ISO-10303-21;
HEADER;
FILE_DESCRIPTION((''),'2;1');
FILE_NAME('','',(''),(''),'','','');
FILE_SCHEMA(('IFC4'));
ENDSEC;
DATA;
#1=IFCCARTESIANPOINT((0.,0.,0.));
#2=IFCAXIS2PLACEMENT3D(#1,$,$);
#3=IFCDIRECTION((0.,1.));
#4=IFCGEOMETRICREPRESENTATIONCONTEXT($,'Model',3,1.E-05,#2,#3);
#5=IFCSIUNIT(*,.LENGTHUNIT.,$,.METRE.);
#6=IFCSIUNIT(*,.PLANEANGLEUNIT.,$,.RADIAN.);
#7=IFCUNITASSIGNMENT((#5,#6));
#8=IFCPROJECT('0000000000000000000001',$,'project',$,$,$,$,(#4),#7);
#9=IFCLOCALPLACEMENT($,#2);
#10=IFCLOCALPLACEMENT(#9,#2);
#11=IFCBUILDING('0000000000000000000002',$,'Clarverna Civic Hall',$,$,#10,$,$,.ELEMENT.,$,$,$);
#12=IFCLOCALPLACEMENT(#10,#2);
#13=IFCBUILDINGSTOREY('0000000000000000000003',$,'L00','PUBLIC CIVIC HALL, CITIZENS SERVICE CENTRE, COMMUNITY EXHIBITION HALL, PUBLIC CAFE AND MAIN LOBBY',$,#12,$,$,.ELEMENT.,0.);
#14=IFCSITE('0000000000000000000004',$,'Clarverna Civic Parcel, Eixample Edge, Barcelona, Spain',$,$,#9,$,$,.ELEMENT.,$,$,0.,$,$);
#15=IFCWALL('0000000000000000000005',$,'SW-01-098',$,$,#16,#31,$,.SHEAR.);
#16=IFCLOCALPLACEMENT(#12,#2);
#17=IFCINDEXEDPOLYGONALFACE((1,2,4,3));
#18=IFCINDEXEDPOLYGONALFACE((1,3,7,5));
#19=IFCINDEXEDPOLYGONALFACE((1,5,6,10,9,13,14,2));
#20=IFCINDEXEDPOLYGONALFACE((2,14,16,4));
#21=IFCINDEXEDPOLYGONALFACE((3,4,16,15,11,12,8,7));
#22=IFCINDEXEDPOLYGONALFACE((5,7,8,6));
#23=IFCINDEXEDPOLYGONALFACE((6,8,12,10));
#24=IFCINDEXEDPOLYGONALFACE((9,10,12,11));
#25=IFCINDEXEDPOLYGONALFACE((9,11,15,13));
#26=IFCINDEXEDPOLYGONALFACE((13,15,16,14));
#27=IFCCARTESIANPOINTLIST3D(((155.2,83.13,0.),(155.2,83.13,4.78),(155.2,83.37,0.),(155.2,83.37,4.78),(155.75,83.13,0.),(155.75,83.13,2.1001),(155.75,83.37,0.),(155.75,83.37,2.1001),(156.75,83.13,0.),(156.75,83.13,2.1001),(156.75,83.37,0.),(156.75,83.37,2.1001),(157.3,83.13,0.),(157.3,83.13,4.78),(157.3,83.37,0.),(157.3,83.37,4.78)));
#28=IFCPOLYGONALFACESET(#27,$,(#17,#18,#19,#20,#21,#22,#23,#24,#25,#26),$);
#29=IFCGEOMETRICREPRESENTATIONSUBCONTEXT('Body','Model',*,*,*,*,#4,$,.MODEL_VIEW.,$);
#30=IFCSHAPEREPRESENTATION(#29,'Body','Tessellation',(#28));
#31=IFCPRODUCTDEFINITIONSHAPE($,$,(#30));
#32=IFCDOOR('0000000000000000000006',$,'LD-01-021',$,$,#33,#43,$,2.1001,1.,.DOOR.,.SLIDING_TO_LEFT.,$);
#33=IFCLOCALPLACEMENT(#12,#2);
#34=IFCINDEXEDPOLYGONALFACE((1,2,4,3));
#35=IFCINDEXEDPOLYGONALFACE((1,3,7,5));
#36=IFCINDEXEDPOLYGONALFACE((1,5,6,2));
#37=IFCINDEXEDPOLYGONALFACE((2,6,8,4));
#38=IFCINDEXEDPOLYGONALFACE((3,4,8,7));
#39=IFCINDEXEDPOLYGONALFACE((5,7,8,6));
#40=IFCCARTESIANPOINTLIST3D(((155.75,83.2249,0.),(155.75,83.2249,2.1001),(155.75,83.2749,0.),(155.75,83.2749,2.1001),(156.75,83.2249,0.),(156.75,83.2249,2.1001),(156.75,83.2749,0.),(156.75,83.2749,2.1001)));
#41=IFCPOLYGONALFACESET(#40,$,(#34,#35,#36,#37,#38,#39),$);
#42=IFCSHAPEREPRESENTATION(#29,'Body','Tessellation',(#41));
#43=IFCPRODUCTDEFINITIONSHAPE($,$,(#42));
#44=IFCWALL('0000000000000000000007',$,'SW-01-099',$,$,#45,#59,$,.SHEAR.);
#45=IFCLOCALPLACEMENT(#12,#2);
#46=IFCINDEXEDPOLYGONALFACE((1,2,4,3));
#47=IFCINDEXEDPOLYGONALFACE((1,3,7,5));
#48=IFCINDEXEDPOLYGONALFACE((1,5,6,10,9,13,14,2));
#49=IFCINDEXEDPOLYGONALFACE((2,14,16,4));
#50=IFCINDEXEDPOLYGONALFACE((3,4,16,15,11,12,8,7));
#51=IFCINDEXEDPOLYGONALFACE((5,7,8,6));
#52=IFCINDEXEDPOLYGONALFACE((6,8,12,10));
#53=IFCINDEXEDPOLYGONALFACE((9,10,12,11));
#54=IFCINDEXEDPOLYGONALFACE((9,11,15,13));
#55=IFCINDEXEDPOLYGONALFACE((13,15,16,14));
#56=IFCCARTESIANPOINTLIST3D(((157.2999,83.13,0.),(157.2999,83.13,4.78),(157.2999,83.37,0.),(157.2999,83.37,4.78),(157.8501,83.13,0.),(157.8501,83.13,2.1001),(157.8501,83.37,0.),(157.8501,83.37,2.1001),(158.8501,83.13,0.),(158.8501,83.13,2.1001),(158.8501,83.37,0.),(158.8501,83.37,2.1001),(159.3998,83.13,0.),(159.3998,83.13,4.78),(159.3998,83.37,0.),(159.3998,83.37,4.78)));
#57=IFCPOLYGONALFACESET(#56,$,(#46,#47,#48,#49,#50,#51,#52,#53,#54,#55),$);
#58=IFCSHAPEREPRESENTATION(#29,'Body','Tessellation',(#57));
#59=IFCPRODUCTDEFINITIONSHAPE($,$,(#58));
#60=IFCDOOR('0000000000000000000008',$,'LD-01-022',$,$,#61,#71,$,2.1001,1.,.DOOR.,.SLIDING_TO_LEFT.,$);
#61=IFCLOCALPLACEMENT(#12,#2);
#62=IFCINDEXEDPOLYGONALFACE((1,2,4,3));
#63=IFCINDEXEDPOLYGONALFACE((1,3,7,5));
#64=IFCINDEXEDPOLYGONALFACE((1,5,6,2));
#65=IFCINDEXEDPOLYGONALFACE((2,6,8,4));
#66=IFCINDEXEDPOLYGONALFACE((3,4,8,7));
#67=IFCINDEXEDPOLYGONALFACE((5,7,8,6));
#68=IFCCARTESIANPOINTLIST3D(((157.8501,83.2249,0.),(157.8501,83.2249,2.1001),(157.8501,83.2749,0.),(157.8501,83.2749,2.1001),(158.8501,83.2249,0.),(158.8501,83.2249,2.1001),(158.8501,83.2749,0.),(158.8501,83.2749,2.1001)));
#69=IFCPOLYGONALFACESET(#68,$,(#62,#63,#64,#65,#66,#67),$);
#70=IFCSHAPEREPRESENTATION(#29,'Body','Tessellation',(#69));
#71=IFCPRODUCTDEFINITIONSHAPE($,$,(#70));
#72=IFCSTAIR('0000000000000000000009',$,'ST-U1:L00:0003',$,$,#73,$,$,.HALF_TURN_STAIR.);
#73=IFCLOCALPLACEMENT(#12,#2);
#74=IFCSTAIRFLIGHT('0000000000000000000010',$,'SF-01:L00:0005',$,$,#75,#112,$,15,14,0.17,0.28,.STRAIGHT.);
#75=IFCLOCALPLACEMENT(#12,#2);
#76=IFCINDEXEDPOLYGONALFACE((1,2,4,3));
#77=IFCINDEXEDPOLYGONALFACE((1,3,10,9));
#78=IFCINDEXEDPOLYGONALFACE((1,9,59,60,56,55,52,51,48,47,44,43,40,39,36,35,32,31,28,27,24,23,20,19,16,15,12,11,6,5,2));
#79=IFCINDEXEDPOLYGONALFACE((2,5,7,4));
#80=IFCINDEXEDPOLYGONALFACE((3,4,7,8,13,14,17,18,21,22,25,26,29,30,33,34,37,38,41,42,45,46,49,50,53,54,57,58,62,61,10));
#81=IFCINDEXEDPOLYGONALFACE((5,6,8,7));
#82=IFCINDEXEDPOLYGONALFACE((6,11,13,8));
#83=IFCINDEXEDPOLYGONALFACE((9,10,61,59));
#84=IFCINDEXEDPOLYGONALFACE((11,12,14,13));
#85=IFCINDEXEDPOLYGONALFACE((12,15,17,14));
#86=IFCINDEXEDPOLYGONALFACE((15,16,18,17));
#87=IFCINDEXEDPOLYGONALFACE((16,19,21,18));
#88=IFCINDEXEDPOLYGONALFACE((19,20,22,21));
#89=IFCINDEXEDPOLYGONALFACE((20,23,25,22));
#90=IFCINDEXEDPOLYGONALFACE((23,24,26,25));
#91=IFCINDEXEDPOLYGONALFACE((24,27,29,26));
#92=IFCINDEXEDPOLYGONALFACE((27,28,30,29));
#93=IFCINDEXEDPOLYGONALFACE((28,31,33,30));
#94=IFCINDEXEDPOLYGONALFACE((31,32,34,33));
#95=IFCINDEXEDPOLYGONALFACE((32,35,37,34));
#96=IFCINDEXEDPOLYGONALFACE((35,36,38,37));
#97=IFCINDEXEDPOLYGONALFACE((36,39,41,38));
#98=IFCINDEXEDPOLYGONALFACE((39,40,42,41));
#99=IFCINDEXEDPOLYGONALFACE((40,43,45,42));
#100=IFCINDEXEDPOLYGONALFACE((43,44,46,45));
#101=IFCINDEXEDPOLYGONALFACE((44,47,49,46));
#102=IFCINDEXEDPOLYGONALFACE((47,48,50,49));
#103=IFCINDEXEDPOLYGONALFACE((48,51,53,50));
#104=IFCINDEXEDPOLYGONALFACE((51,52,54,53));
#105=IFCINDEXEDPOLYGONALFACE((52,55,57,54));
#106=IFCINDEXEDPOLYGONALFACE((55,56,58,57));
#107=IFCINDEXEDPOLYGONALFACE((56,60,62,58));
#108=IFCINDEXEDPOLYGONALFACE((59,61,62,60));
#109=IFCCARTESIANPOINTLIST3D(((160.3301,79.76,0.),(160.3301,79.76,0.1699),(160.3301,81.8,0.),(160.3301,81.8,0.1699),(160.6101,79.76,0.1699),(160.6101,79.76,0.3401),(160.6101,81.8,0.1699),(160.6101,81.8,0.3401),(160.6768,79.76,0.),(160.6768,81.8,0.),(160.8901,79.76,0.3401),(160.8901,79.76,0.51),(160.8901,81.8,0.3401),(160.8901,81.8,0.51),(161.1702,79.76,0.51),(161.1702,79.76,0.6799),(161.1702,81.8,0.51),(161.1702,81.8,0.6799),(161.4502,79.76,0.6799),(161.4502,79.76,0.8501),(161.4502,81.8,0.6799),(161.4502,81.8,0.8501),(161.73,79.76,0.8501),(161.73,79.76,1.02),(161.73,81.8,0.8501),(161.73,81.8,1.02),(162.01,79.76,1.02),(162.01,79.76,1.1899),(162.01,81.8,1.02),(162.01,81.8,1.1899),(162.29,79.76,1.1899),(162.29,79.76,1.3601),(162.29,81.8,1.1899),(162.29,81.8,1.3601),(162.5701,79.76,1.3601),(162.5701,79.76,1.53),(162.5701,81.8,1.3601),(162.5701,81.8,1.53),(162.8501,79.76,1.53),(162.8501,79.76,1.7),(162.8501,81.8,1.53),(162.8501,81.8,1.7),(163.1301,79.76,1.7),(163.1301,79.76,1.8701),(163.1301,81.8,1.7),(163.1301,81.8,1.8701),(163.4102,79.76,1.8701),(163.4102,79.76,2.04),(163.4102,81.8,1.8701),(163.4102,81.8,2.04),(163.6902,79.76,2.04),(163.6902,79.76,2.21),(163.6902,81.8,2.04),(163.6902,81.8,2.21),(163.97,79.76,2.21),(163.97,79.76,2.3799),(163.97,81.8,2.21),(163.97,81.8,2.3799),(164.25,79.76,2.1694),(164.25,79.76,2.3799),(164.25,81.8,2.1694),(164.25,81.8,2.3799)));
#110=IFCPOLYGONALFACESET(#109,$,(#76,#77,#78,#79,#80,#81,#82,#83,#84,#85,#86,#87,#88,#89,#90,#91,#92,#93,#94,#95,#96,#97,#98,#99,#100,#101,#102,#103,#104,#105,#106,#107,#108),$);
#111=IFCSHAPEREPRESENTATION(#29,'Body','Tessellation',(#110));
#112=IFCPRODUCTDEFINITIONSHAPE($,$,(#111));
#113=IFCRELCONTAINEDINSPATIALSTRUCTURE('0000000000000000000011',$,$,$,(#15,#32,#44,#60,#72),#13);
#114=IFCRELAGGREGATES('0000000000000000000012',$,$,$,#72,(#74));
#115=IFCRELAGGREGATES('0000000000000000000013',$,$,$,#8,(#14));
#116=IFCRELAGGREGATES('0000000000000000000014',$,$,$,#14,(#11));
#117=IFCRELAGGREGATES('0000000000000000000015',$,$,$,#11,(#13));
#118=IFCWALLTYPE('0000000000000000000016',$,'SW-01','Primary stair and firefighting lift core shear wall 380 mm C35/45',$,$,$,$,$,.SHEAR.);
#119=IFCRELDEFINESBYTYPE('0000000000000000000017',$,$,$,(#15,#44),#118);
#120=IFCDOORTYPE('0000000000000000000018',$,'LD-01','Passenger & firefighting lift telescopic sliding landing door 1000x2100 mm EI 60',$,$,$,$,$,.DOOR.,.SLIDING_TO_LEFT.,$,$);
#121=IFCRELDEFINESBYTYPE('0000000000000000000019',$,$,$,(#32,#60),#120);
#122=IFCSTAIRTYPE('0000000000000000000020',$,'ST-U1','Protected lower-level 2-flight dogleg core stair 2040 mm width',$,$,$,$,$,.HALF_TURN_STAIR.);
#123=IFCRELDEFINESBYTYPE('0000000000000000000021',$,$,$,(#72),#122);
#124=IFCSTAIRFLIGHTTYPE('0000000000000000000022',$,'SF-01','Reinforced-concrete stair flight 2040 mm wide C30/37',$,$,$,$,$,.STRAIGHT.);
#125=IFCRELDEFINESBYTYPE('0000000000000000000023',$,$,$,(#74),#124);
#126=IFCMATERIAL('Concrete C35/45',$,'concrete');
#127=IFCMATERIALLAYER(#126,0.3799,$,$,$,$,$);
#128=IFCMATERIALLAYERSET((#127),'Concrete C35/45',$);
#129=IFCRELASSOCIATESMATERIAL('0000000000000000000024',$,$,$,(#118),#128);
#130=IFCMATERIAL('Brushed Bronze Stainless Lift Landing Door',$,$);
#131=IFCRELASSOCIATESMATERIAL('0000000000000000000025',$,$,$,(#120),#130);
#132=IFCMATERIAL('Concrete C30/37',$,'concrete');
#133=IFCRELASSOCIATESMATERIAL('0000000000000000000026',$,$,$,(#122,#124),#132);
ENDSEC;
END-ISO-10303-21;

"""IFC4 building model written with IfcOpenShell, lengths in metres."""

from ifc_helpers import new_model, si_unit, direction, frame, frame_2d, origin, place, context, subcontext, project, spatial, polyline, rectangle, outline, extrude, material, layer, layer_set, type_object, element, fill, aggregate, save


model = new_model("IFC4")

# Units and contexts
model_context = context("Model", 3, precision=1e-05, world=origin(), true_north=direction((0.0, 1.0)))
body_context = subcontext(model_context, "Body", "Model", "MODEL_VIEW")
ifc_project = project(units=[si_unit("LENGTHUNIT", "METRE"), si_unit("PLANEANGLEUNIT", "RADIAN")], contexts=[model_context])

# Site, building, storey
site_placement = place(None, origin())
site = spatial("IfcSite", under=ifc_project, at=site_placement, Name="Clarverna Civic Parcel, Eixample Edge, Barcelona, Spain", CompositionType="ELEMENT", RefElevation=0.0)
building_placement = place(site_placement, origin())
building = spatial("IfcBuilding", under=site, at=building_placement, Name="Clarverna Civic Hall", CompositionType="ELEMENT")
storey_placement = place(building_placement, origin())
storey = spatial("IfcBuildingStorey", under=building, at=storey_placement, Name="L00", Description="PUBLIC CIVIC HALL, CITIZENS SERVICE CENTRE, COMMUNITY EXHIBITION HALL, PUBLIC CAFE AND MAIN LOBBY", CompositionType="ELEMENT", Elevation=0.0)

# Shared definitions
ifc_material_1 = material(Name="Concrete C35/45", Category="concrete")

# Shared definitions
ifc_layer = layer(ifc_material_1, 0.3799)
ifc_layer_set = layer_set([ifc_layer], Name="Concrete C35/45")
wall_type = type_object("IfcWallType", Name="SW-01", Description="Primary stair and firefighting lift core shear wall 380 mm C35/45", PredefinedType="SHEAR", material=ifc_layer_set)

# Walls, openings, doors
wall_1_placement = place(storey_placement, frame((155.2, 83.25, 0.0), z_axis=(0.0, 0.0, 1.0), x_axis=(1.0, 0.0, 0.0)))
wall_1 = element("IfcWall", 1, at=wall_1_placement, inside=storey, type_object=wall_type, Name="SW-01-098", PredefinedType="SHEAR", context=body_context, shape_type="SweptSolid", body=[
    extrude(rectangle(XDim=2.1001, YDim=0.24, at=frame_2d((1.05, 0.0))), origin(), (0.0, 0.0, 1.0), 4.78),
])
opening_1_placement = place(wall_1_placement, frame((0.55, 0.0, 0.0)))
opening_1 = element("IfcOpeningElement", 2, at=opening_1_placement, cuts=wall_1, PredefinedType="OPENING", context=body_context, shape_type="SweptSolid", body=[
    extrude(rectangle(XDim=1.0, YDim=2.1001, at=frame_2d((0.5, 1.05))), frame((0.0, 0.1299, 0.0), z_axis=(0.0, -1.0, 0.0), x_axis=(1.0, 0.0, 0.0)), (0.0, 0.0, 1.0), 0.26),
])
ifc_material_2 = material(Name="Brushed Bronze Stainless Lift Landing Door")
door_type_1 = type_object("IfcDoorType", Name="LD-01", Description="Passenger & firefighting lift telescopic sliding landing door 1000x2100 mm EI 60", OperationType="SLIDING_TO_LEFT", PredefinedType="DOOR", material=ifc_material_2)
door_1_placement = place(opening_1_placement, origin())
door_1 = element("IfcDoor", 3, at=door_1_placement, inside=storey, type_object=door_type_1, Name="LD-01-021", OperationType="SLIDING_TO_LEFT", OverallHeight=2.1001, OverallWidth=1.0, PredefinedType="DOOR", context=body_context, shape_type="SweptSolid", body=[
    extrude(rectangle(XDim=1.0, YDim=2.1001, at=frame_2d((0.5, 1.05))), frame((0.0, 0.0249, 0.0), z_axis=(0.0, -1.0, 0.0), x_axis=(1.0, 0.0, 0.0)), (0.0, 0.0, 1.0), 0.05),
])
fill(opening_1, door_1)
wall_2_placement = place(storey_placement, frame((157.3, 83.25, 0.0), z_axis=(0.0, 0.0, 1.0), x_axis=(1.0, 0.0, 0.0)))
wall_2 = element("IfcWall", 4, at=wall_2_placement, inside=storey, type_object=wall_type, Name="SW-01-099", PredefinedType="SHEAR", context=body_context, shape_type="SweptSolid", body=[
    extrude(rectangle(XDim=2.0999, YDim=0.24, at=frame_2d((1.0498, 0.0))), origin(), (0.0, 0.0, 1.0), 4.78),
])
opening_2_placement = place(wall_2_placement, frame((0.55, 0.0, 0.0)))
opening_2 = element("IfcOpeningElement", 5, at=opening_2_placement, cuts=wall_2, PredefinedType="OPENING", context=body_context, shape_type="SweptSolid", body=[
    extrude(rectangle(XDim=1.0, YDim=2.1001, at=frame_2d((0.5, 1.05))), frame((0.0, 0.1299, 0.0), z_axis=(0.0, -1.0, 0.0), x_axis=(1.0, 0.0, 0.0)), (0.0, 0.0, 1.0), 0.26),
])
door_2_placement = place(opening_2_placement, origin())
door_2 = element("IfcDoor", 6, at=door_2_placement, inside=storey, type_object=door_type_1, Name="LD-01-022", OperationType="SLIDING_TO_LEFT", OverallHeight=2.1001, OverallWidth=1.0, PredefinedType="DOOR", context=body_context, shape_type="SweptSolid", body=[
    extrude(rectangle(XDim=1.0, YDim=2.1001, at=frame_2d((0.5, 1.05))), frame((0.0, 0.0249, 0.0), z_axis=(0.0, -1.0, 0.0), x_axis=(1.0, 0.0, 0.0)), (0.0, 0.0, 1.0), 0.05),
])
fill(opening_2, door_2)

# Stair, stair flight
ifc_material_3 = material(Name="Concrete C30/37", Category="concrete")
stair_type = type_object("IfcStairType", Name="ST-U1", Description="Protected lower-level 2-flight dogleg core stair 2040 mm width", PredefinedType="HALF_TURN_STAIR", material=ifc_material_3)
stair_placement = place(storey_placement, origin())
stair = element("IfcStair", 7, at=stair_placement, inside=storey, type_object=stair_type, Name="ST-U1:L00:0003", PredefinedType="HALF_TURN_STAIR")
stair_flight_type = type_object("IfcStairFlightType", Name="SF-01", Description="Reinforced-concrete stair flight 2040 mm wide C30/37", PredefinedType="STRAIGHT", material=ifc_material_3)
stair_flight_placement = place(storey_placement, frame((160.3301, 80.78, 0.0), z_axis=(0.0, 0.0, 1.0), x_axis=(1.0, 0.0, 0.0)))
stair_flight = element("IfcStairFlight", 8, at=stair_flight_placement, type_object=stair_flight_type, Name="SF-01:L00:0005", NumberOfRisers=15, NumberOfTreads=14, PredefinedType="STRAIGHT", RiserHeight=0.17, TreadLength=0.28, context=body_context, shape_type="SweptSolid", body=[
    extrude(outline(polyline([(0.0, 0.0), (0.0, 0.1699), (0.28, 0.1699), (0.28, 0.3401), (0.5601, 0.3401), (0.5601, 0.51), (0.8401, 0.51), (0.8401, 0.6799), (1.1201, 0.6799), (1.1201, 0.8501), (1.3999, 0.8501), (1.3999, 1.02), (1.6799, 1.02), (1.6799, 1.1899), (1.96, 1.1899), (1.96, 1.3601), (2.24, 1.3601), (2.24, 1.53), (2.52, 1.53), (2.52, 1.7), (2.8, 1.7), (2.8, 1.8701), (3.0801, 1.8701), (3.0801, 2.04), (3.3601, 2.04), (3.3601, 2.21), (3.6399, 2.21), (3.6399, 2.3799), (3.9199, 2.3799), (3.9199, 2.55), (3.9199, 2.1694), (0.3467, 0.0), (0.0, 0.0)])), frame((0.0, 1.02, 0.0), z_axis=(0.0, -1.0, 0.0), x_axis=(1.0, 0.0, 0.0)), (0.0, 0.0, 1.0), 2.04),
])
aggregate(stair, [stair_flight])

save(model, "model.ifc")
